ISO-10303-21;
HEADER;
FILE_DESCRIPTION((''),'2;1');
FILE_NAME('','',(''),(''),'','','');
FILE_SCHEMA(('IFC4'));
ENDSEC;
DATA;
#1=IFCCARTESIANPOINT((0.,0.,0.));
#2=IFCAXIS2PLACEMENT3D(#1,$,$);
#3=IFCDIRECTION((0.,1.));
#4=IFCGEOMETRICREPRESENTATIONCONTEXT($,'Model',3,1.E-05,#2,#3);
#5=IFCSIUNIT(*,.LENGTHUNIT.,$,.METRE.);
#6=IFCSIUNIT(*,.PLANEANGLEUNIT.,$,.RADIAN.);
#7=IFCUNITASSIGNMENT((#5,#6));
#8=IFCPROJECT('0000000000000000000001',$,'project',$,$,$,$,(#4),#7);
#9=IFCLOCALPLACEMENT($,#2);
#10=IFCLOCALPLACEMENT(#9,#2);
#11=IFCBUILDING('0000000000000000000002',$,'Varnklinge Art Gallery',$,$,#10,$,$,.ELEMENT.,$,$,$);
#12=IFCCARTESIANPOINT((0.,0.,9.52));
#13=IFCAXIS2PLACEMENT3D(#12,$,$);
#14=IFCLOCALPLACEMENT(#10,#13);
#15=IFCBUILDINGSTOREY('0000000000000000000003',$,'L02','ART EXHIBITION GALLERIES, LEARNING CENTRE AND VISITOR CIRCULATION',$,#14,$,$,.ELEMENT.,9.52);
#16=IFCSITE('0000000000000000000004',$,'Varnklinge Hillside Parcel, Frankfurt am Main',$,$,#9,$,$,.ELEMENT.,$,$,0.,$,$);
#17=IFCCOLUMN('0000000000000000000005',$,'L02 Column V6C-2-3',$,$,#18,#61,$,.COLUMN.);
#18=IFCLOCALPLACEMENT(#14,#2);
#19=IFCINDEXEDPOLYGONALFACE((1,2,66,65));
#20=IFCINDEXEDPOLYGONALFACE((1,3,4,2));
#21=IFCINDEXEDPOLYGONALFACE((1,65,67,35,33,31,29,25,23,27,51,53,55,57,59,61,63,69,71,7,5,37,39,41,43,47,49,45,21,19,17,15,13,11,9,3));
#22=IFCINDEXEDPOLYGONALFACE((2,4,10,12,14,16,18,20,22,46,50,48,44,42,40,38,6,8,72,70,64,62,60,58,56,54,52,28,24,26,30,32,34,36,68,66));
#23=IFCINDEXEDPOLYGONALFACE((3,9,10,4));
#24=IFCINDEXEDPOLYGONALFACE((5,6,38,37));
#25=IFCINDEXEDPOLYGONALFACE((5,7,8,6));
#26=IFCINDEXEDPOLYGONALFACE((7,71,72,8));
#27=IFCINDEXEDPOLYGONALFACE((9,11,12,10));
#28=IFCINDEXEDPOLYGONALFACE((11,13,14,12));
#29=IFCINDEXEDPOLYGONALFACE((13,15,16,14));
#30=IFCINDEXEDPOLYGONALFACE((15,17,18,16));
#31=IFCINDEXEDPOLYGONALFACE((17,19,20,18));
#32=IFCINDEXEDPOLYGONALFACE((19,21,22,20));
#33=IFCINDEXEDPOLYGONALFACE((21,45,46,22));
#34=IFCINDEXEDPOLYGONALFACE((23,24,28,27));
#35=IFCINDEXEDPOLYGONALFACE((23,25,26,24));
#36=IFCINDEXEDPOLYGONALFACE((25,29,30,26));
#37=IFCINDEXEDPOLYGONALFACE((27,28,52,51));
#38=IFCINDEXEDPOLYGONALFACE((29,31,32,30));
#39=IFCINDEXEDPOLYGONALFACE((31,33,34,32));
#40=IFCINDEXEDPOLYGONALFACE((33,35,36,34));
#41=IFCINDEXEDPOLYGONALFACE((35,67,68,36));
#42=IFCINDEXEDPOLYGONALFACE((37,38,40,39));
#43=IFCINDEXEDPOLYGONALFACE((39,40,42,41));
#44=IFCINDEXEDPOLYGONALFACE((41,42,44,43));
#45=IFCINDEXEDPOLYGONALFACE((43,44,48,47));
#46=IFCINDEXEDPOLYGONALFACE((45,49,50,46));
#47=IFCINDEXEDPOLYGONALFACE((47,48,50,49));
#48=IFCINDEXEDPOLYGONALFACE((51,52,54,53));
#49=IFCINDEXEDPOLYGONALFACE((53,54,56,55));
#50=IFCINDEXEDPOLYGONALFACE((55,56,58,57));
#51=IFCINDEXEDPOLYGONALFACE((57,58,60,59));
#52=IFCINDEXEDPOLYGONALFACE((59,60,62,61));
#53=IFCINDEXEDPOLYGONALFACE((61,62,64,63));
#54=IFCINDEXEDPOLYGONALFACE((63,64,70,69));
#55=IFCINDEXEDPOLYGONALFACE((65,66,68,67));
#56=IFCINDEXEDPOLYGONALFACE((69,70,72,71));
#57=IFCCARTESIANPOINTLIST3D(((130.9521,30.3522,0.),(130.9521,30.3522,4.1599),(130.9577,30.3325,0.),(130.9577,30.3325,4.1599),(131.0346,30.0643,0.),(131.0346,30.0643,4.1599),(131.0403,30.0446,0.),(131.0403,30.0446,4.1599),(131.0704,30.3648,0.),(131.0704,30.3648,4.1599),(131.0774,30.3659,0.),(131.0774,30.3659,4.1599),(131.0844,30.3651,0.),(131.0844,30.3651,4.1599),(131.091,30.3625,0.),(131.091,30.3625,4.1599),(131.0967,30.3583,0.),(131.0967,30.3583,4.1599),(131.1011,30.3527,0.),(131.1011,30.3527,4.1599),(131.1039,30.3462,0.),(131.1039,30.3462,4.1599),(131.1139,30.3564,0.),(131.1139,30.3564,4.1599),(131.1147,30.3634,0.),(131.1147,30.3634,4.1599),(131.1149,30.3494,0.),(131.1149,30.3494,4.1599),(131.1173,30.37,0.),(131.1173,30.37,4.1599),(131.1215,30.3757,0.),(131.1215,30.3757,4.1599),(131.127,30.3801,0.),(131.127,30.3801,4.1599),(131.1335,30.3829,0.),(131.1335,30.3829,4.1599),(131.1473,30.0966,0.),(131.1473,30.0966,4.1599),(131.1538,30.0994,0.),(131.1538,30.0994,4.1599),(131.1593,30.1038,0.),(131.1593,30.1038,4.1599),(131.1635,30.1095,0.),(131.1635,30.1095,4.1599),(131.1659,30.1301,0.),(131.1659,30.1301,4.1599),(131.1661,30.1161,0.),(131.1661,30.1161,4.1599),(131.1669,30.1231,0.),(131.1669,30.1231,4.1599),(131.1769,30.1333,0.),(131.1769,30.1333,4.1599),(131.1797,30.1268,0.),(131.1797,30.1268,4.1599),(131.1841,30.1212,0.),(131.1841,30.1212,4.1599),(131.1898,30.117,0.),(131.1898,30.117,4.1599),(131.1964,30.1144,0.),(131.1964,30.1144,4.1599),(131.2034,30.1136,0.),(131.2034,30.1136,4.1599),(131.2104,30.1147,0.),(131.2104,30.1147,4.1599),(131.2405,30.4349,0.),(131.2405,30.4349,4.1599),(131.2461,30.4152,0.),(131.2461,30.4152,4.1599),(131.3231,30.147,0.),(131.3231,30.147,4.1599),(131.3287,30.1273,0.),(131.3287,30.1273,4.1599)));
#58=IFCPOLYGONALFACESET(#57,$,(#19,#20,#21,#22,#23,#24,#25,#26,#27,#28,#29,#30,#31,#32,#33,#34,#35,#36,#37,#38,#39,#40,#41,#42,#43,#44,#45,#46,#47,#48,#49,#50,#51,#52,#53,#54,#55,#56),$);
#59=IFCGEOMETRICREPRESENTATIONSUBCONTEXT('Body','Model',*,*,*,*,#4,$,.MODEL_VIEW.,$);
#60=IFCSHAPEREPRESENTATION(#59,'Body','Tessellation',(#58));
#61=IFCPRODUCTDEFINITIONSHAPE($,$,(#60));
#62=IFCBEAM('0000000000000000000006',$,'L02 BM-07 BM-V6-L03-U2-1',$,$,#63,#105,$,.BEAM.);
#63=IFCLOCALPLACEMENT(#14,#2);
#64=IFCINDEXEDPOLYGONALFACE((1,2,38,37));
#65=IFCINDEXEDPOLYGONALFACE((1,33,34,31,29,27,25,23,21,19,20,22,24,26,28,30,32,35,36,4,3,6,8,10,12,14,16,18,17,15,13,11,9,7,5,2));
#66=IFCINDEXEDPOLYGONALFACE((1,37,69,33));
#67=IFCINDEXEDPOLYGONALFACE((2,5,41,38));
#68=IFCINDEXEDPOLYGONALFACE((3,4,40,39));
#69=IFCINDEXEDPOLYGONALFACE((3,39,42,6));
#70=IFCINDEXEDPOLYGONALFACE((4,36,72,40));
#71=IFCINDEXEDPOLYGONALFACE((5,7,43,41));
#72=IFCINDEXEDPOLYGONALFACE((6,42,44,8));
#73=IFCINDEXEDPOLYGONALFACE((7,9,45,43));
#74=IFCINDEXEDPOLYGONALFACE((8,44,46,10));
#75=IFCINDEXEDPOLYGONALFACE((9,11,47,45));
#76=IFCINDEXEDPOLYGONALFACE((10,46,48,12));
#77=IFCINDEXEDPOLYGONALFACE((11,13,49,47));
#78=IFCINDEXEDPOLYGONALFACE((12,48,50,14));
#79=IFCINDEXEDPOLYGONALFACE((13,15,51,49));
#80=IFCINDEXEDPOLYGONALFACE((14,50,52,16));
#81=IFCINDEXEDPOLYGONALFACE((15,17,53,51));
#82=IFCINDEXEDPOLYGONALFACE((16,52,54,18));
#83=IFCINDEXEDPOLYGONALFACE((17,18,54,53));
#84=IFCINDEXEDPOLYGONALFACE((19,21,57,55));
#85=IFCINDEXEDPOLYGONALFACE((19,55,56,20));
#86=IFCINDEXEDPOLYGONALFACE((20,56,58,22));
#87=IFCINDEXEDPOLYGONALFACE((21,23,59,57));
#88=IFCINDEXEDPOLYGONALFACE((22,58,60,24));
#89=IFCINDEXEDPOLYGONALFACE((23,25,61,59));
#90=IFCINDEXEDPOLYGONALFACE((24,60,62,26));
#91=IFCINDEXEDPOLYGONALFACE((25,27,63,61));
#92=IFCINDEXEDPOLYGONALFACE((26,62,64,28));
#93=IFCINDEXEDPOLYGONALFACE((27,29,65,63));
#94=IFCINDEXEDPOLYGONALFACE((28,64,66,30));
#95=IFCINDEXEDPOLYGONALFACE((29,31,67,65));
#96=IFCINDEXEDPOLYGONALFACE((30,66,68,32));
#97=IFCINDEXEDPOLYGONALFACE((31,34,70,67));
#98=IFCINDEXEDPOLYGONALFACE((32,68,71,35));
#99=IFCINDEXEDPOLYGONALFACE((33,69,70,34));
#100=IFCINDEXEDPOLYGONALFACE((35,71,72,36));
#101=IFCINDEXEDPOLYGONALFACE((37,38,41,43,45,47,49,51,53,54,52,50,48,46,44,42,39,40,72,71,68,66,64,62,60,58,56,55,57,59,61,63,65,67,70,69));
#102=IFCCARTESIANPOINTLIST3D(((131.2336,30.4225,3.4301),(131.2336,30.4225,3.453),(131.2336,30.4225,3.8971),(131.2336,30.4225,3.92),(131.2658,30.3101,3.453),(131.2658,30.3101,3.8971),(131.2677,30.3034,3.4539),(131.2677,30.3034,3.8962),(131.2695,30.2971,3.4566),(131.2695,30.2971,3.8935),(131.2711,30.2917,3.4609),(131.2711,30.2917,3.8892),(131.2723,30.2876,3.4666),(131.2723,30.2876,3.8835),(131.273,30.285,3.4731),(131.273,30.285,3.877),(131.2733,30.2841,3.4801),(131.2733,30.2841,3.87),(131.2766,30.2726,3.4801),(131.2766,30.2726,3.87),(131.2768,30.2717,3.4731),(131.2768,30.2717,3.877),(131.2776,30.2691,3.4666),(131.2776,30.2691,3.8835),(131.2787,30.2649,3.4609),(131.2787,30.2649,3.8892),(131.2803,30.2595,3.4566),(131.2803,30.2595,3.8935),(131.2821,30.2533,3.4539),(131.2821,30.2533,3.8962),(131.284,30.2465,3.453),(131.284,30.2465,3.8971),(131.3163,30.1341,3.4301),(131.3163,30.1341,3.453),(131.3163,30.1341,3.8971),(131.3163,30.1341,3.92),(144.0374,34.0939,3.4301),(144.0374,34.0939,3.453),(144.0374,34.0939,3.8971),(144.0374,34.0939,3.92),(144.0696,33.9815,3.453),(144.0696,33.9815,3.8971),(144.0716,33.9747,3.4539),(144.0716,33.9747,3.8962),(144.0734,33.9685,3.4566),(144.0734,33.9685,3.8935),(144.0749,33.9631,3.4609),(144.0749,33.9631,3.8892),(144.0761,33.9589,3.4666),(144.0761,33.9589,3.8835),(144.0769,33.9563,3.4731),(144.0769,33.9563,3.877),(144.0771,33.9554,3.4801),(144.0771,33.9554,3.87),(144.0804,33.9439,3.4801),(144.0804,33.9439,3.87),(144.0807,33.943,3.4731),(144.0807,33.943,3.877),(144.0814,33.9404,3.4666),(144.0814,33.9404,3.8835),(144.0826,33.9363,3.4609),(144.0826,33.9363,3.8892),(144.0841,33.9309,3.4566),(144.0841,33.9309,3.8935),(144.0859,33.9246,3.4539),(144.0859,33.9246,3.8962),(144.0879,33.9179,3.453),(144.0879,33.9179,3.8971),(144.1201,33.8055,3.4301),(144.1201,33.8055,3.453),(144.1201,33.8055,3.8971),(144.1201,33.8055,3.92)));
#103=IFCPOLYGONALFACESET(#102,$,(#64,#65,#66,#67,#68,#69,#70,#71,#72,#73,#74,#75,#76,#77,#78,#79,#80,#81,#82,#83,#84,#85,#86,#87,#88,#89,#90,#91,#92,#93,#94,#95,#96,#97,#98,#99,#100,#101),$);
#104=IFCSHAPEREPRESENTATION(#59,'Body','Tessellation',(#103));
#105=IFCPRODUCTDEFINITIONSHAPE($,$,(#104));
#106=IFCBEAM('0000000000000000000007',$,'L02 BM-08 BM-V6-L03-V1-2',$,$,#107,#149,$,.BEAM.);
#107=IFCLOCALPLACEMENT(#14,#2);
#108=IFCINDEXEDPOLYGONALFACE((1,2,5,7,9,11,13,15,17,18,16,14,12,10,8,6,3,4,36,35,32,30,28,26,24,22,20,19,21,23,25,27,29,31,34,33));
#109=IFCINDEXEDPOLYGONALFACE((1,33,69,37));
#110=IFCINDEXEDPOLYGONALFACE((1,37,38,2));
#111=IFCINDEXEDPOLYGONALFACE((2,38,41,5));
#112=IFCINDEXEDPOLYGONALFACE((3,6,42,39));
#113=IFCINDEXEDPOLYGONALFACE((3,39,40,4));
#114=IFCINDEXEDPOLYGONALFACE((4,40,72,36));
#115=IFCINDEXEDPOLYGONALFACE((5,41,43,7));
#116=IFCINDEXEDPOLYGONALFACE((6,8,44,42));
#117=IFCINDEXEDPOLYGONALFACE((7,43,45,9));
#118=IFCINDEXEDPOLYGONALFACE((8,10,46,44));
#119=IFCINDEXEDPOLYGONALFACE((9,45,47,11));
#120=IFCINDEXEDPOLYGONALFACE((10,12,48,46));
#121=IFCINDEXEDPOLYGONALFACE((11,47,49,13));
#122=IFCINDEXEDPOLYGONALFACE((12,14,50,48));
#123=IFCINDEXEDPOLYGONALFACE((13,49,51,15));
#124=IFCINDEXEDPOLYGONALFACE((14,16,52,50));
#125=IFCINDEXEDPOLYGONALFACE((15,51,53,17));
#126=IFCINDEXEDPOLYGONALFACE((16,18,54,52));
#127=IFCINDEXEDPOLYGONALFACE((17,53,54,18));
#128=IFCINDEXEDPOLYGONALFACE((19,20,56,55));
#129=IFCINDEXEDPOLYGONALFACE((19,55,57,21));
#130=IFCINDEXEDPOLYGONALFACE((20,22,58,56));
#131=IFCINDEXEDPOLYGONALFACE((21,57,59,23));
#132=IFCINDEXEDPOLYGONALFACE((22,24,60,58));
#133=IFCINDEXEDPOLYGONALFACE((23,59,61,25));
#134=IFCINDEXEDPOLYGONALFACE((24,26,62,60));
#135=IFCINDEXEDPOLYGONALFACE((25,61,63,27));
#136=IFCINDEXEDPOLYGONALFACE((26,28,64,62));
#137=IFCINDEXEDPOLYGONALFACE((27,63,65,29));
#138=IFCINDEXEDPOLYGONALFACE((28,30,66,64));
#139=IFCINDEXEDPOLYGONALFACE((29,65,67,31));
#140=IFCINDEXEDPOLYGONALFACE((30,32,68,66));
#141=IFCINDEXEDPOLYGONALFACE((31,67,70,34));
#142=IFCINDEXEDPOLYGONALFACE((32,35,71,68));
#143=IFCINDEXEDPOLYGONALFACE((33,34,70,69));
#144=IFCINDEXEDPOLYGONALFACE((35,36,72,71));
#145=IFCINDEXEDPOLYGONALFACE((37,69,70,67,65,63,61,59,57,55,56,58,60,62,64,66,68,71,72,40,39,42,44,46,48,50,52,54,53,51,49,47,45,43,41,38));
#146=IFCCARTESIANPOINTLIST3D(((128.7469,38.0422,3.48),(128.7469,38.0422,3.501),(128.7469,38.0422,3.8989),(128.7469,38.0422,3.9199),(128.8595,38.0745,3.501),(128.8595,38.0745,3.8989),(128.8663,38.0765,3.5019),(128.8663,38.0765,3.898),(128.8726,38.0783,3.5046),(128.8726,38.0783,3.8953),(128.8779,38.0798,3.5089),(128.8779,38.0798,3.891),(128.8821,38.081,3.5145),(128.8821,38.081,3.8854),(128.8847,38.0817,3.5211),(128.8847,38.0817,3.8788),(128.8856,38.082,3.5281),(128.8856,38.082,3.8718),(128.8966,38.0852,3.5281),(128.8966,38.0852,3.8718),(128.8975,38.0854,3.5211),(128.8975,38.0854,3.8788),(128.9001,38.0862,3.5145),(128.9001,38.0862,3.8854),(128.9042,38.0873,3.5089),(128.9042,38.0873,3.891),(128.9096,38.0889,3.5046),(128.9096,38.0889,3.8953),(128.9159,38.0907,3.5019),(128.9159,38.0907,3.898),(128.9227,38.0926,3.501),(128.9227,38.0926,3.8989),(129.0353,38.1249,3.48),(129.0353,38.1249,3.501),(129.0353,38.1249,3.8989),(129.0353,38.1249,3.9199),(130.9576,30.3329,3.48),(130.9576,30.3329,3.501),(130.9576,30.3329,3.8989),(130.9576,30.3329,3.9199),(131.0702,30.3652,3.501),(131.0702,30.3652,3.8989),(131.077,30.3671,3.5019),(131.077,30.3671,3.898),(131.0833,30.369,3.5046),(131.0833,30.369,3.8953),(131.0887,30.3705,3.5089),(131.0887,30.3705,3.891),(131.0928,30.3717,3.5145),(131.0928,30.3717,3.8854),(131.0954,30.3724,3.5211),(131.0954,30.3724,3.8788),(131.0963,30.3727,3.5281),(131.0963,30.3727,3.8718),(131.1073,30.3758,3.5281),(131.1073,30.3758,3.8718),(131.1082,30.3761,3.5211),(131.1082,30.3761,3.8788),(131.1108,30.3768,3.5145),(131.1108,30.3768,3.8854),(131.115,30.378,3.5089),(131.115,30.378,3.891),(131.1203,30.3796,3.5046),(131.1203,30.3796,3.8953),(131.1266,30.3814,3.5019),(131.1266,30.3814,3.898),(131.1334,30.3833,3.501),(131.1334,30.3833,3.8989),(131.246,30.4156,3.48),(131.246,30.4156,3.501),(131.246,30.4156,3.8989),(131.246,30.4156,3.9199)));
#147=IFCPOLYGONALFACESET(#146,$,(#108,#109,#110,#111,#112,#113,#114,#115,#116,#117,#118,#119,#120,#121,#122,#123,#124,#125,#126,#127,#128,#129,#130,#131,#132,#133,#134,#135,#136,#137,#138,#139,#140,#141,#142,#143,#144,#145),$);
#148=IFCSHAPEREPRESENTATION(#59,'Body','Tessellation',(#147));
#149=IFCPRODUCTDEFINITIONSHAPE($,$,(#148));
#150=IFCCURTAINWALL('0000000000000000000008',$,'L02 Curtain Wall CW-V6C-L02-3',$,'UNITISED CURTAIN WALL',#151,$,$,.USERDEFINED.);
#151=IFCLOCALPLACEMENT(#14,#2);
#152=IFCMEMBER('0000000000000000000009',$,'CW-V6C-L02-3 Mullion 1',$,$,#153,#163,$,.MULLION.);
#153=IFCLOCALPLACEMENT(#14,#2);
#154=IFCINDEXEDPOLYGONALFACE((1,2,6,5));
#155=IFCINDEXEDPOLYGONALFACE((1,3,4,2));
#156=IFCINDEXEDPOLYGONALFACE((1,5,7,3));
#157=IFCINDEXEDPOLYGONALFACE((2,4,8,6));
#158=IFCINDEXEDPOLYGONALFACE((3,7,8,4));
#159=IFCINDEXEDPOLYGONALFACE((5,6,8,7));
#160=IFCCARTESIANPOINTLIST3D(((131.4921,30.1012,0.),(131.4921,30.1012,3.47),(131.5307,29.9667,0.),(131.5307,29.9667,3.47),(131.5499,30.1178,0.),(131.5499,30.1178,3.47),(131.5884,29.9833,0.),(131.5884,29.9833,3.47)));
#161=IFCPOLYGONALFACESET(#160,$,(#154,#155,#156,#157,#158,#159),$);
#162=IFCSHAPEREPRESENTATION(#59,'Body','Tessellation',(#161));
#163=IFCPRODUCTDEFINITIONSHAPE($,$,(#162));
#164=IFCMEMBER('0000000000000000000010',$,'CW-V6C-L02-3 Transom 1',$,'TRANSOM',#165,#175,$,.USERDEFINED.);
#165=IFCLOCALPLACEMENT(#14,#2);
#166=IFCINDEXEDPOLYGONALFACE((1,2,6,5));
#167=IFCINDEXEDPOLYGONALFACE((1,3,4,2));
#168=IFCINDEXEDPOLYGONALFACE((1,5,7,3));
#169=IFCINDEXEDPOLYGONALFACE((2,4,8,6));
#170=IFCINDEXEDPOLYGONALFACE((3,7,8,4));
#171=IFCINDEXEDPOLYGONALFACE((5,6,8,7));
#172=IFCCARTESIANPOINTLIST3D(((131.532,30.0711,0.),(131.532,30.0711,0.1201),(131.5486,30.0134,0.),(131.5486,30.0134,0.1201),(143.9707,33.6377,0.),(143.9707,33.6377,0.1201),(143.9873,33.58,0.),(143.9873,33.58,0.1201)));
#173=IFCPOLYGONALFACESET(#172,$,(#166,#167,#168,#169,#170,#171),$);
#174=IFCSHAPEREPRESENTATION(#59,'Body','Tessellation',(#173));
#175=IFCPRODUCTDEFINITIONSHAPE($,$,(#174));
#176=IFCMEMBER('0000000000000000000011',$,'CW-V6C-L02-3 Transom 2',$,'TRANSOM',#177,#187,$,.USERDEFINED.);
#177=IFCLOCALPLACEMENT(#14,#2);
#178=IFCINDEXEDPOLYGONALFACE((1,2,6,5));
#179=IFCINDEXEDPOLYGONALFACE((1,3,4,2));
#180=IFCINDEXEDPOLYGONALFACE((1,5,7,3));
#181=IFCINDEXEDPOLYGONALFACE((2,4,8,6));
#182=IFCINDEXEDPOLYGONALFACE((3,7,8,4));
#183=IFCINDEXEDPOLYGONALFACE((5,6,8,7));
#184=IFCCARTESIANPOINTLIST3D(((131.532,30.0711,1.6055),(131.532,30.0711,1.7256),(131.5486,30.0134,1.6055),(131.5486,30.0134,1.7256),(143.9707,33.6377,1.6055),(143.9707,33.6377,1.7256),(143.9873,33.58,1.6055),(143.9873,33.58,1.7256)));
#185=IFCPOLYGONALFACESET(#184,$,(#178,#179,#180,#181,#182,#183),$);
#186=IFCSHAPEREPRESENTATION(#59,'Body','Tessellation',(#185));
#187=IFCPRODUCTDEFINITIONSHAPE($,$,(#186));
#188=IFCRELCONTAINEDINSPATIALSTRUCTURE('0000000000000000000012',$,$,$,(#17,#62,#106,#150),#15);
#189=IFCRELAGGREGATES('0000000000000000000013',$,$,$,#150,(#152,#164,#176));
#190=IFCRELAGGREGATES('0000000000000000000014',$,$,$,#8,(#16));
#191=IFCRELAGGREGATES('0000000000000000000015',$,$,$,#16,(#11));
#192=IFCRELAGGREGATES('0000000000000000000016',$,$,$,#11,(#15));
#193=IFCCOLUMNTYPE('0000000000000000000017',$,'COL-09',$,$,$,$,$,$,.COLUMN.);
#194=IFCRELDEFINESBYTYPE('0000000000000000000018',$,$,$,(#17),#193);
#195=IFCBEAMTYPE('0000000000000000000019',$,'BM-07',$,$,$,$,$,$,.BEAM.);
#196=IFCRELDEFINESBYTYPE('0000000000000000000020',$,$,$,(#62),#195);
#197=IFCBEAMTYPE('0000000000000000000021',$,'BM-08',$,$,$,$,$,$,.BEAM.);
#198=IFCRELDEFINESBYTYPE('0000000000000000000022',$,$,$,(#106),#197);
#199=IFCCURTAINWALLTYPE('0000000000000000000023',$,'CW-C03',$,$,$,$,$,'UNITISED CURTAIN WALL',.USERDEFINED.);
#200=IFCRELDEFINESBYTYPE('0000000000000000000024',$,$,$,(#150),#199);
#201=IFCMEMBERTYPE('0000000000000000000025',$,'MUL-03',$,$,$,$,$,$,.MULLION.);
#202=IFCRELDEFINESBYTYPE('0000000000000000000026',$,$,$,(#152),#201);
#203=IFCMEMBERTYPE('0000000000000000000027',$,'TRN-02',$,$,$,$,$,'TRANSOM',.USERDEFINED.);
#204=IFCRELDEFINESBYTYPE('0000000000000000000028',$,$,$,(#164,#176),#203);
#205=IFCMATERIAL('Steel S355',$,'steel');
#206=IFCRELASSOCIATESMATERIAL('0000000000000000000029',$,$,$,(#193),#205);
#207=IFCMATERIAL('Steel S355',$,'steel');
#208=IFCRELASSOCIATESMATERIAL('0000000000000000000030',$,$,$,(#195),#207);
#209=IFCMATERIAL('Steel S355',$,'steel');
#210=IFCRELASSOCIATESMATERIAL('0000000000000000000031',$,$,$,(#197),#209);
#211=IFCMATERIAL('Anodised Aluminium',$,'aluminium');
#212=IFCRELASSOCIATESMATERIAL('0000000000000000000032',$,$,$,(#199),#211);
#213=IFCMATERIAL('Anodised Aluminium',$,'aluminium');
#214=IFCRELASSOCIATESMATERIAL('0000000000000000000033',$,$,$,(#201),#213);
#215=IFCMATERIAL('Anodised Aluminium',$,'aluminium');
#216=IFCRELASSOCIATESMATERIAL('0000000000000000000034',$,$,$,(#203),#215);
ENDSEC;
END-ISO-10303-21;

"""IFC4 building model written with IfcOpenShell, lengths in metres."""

from ifc_helpers import new_model, si_unit, direction, frame, origin, origin_2d, place, context, subcontext, project, spatial, rectangle, i_section, extrude, material, material_profile, profile_set, type_object, element, aggregate, save


model = new_model("IFC4")

# Units and contexts
model_context = context("Model", 3, precision=1e-05, world=origin(), true_north=direction((0.0, 1.0)))
body_context = subcontext(model_context, "Body", "Model", "MODEL_VIEW")
ifc_project = project(units=[si_unit("LENGTHUNIT", "METRE"), si_unit("PLANEANGLEUNIT", "RADIAN")], contexts=[model_context])

# Site, building, storey
site_placement = place(None, origin())
site = spatial("IfcSite", under=ifc_project, at=site_placement, Name="Varnklinge Hillside Parcel, Frankfurt am Main", CompositionType="ELEMENT", RefElevation=0.0)
building_placement = place(site_placement, origin())
building = spatial("IfcBuilding", under=site, at=building_placement, Name="Varnklinge Art Gallery", CompositionType="ELEMENT")
storey_placement = place(building_placement, frame((0.0, 0.0, 9.52)))
storey = spatial("IfcBuildingStorey", under=building, at=storey_placement, Name="L02", Description="ART EXHIBITION GALLERIES, LEARNING CENTRE AND VISITOR CIRCULATION", CompositionType="ELEMENT", Elevation=9.52)

# Column
ifc_material_1 = material(Name="Steel S355", Category="steel")
ifc_material_profile_1 = material_profile(ifc_material_1, i_section(OverallWidth=0.3, OverallDepth=0.3201, WebThickness=0.0115, FlangeThickness=0.0205, FilletRadius=0.0271, at=origin_2d()), Name="HEB 320")
ifc_profile_set_1 = profile_set([ifc_material_profile_1], Name="Steel S355")
column_type = type_object("IfcColumnType", Name="COL-09", PredefinedType="COLUMN", material=ifc_profile_set_1)
column_placement = place(storey_placement, frame((131.1404, 30.2397, 0.0), z_axis=(0.0, 0.0, 1.0), x_axis=(0.961262, 0.275637, 0.0)))
element("IfcColumn", 1, at=column_placement, inside=storey, type_object=column_type, Name="L02 Column V6C-2-3", PredefinedType="COLUMN", context=body_context, shape_type="SweptSolid", body=[
    extrude(i_section(OverallWidth=0.3, OverallDepth=0.3201, WebThickness=0.0115, FlangeThickness=0.0205, FilletRadius=0.0271, at=origin_2d()), origin(), (0.0, 0.0, 1.0), 4.1599),
])

# Beams
ifc_material_2 = material(Name="Steel S355", Category="steel")
ifc_material_profile_2 = material_profile(ifc_material_2, i_section(OverallWidth=0.3, OverallDepth=0.49, WebThickness=0.012, FlangeThickness=0.0229, FilletRadius=0.0271, at=origin_2d()), Name="HEA 500")
ifc_profile_set_2 = profile_set([ifc_material_profile_2], Name="Steel S355")
beam_type_1 = type_object("IfcBeamType", Name="BM-07", PredefinedType="BEAM", material=ifc_profile_set_2)
beam_1_placement = place(storey_placement, frame((131.2749, 30.2783, 3.675), z_axis=(0.961263, 0.275631, 0.0), x_axis=(-0.275631, 0.961263, 0.0)))
element("IfcBeam", 2, at=beam_1_placement, inside=storey, type_object=beam_type_1, Name="L02 BM-07 BM-V6-L03-U2-1", PredefinedType="BEAM", context=body_context, shape_type="SweptSolid", body=[
    extrude(i_section(OverallWidth=0.3, OverallDepth=0.49, WebThickness=0.012, FlangeThickness=0.0229, FilletRadius=0.0271, at=origin_2d()), origin(), (0.0, 0.0, 1.0), 13.3198),
])
ifc_material_3 = material(Name="Steel S355", Category="steel")
ifc_material_profile_3 = material_profile(ifc_material_3, i_section(OverallWidth=0.3, OverallDepth=0.4399, WebThickness=0.0115, FlangeThickness=0.021, FilletRadius=0.0271, at=origin_2d()), Name="HEA 450")
ifc_profile_set_3 = profile_set([ifc_material_profile_3], Name="Steel S355")
beam_type_2 = type_object("IfcBeamType", Name="BM-08", PredefinedType="BEAM", material=ifc_profile_set_3)
beam_2_placement = place(storey_placement, frame((131.1018, 30.3743, 3.7), z_axis=(-0.27565, 0.961258, 0.0), x_axis=(-0.961258, -0.27565, 0.0)))
element("IfcBeam", 3, at=beam_2_placement, inside=storey, type_object=beam_type_2, Name="L02 BM-08 BM-V6-L03-V1-2", PredefinedType="BEAM", context=body_context, shape_type="SweptSolid", body=[
    extrude(i_section(OverallWidth=0.3, OverallDepth=0.4399, WebThickness=0.0115, FlangeThickness=0.021, FilletRadius=0.0271, at=origin_2d()), origin(), (0.0, 0.0, 1.0), 8.02),
])

# Curtain wall, members
ifc_material_4 = material(Name="Anodised Aluminium", Category="aluminium")
curtain_wall_type = type_object("IfcCurtainWallType", Name="CW-C03", ElementType="UNITISED CURTAIN WALL", PredefinedType="USERDEFINED", material=ifc_material_4)
curtain_wall_placement = place(storey_placement, origin())
curtain_wall = element("IfcCurtainWall", 4, at=curtain_wall_placement, inside=storey, type_object=curtain_wall_type, Name="L02 Curtain Wall CW-V6C-L02-3", ObjectType="UNITISED CURTAIN WALL", PredefinedType="USERDEFINED")
ifc_material_5 = material(Name="Anodised Aluminium", Category="aluminium")
ifc_material_profile_4 = material_profile(ifc_material_5, rectangle(XDim=0.0601, YDim=0.1399, at=origin_2d()), Name="ALU 60x140")
ifc_profile_set_4 = profile_set([ifc_material_profile_4], Name="Anodised Aluminium")
member_type_1 = type_object("IfcMemberType", Name="MUL-03", PredefinedType="MULLION", material=ifc_profile_set_4)
member_1_placement = place(storey_placement, frame((131.5403, 30.0422, 0.0), z_axis=(0.0, 0.0, 1.0), x_axis=(0.961262, 0.275637, 0.0)))
member_1 = element("IfcMember", 5, at=member_1_placement, type_object=member_type_1, Name="CW-V6C-L02-3 Mullion 1", PredefinedType="MULLION", context=body_context, shape_type="SweptSolid", body=[
    extrude(rectangle(XDim=0.0601, YDim=0.1399, at=origin_2d()), origin(), (0.0, 0.0, 1.0), 3.47),
])
ifc_material_6 = material(Name="Anodised Aluminium", Category="aluminium")
ifc_material_profile_5 = material_profile(ifc_material_6, rectangle(XDim=0.0601, YDim=0.1201, at=origin_2d()), Name="ALU 60x120")
ifc_profile_set_5 = profile_set([ifc_material_profile_5], Name="Anodised Aluminium")
member_type_2 = type_object("IfcMemberType", Name="TRN-02", ElementType="TRANSOM", PredefinedType="USERDEFINED", material=ifc_profile_set_5)
member_2_placement = place(storey_placement, frame((131.5403, 30.0422, 0.0601), z_axis=(0.961264, 0.275631, 0.0), x_axis=(-0.275631, 0.961264, 0.0)))
member_2 = element("IfcMember", 6, at=member_2_placement, type_object=member_type_2, Name="CW-V6C-L02-3 Transom 1", ObjectType="TRANSOM", PredefinedType="USERDEFINED", context=body_context, shape_type="SweptSolid", body=[
    extrude(rectangle(XDim=0.0601, YDim=0.1201, at=origin_2d()), origin(), (0.0, 0.0, 1.0), 12.9399),
])
member_3_placement = place(storey_placement, frame((131.5403, 30.0422, 1.6655), z_axis=(0.961264, 0.275631, 0.0), x_axis=(-0.275631, 0.961264, 0.0)))
member_3 = element("IfcMember", 7, at=member_3_placement, type_object=member_type_2, Name="CW-V6C-L02-3 Transom 2", ObjectType="TRANSOM", PredefinedType="USERDEFINED", context=body_context, shape_type="SweptSolid", body=[
    extrude(rectangle(XDim=0.0601, YDim=0.1201, at=origin_2d()), origin(), (0.0, 0.0, 1.0), 12.9399),
])
aggregate(curtain_wall, [member_1, member_2, member_3])

save(model, "model.ifc")
